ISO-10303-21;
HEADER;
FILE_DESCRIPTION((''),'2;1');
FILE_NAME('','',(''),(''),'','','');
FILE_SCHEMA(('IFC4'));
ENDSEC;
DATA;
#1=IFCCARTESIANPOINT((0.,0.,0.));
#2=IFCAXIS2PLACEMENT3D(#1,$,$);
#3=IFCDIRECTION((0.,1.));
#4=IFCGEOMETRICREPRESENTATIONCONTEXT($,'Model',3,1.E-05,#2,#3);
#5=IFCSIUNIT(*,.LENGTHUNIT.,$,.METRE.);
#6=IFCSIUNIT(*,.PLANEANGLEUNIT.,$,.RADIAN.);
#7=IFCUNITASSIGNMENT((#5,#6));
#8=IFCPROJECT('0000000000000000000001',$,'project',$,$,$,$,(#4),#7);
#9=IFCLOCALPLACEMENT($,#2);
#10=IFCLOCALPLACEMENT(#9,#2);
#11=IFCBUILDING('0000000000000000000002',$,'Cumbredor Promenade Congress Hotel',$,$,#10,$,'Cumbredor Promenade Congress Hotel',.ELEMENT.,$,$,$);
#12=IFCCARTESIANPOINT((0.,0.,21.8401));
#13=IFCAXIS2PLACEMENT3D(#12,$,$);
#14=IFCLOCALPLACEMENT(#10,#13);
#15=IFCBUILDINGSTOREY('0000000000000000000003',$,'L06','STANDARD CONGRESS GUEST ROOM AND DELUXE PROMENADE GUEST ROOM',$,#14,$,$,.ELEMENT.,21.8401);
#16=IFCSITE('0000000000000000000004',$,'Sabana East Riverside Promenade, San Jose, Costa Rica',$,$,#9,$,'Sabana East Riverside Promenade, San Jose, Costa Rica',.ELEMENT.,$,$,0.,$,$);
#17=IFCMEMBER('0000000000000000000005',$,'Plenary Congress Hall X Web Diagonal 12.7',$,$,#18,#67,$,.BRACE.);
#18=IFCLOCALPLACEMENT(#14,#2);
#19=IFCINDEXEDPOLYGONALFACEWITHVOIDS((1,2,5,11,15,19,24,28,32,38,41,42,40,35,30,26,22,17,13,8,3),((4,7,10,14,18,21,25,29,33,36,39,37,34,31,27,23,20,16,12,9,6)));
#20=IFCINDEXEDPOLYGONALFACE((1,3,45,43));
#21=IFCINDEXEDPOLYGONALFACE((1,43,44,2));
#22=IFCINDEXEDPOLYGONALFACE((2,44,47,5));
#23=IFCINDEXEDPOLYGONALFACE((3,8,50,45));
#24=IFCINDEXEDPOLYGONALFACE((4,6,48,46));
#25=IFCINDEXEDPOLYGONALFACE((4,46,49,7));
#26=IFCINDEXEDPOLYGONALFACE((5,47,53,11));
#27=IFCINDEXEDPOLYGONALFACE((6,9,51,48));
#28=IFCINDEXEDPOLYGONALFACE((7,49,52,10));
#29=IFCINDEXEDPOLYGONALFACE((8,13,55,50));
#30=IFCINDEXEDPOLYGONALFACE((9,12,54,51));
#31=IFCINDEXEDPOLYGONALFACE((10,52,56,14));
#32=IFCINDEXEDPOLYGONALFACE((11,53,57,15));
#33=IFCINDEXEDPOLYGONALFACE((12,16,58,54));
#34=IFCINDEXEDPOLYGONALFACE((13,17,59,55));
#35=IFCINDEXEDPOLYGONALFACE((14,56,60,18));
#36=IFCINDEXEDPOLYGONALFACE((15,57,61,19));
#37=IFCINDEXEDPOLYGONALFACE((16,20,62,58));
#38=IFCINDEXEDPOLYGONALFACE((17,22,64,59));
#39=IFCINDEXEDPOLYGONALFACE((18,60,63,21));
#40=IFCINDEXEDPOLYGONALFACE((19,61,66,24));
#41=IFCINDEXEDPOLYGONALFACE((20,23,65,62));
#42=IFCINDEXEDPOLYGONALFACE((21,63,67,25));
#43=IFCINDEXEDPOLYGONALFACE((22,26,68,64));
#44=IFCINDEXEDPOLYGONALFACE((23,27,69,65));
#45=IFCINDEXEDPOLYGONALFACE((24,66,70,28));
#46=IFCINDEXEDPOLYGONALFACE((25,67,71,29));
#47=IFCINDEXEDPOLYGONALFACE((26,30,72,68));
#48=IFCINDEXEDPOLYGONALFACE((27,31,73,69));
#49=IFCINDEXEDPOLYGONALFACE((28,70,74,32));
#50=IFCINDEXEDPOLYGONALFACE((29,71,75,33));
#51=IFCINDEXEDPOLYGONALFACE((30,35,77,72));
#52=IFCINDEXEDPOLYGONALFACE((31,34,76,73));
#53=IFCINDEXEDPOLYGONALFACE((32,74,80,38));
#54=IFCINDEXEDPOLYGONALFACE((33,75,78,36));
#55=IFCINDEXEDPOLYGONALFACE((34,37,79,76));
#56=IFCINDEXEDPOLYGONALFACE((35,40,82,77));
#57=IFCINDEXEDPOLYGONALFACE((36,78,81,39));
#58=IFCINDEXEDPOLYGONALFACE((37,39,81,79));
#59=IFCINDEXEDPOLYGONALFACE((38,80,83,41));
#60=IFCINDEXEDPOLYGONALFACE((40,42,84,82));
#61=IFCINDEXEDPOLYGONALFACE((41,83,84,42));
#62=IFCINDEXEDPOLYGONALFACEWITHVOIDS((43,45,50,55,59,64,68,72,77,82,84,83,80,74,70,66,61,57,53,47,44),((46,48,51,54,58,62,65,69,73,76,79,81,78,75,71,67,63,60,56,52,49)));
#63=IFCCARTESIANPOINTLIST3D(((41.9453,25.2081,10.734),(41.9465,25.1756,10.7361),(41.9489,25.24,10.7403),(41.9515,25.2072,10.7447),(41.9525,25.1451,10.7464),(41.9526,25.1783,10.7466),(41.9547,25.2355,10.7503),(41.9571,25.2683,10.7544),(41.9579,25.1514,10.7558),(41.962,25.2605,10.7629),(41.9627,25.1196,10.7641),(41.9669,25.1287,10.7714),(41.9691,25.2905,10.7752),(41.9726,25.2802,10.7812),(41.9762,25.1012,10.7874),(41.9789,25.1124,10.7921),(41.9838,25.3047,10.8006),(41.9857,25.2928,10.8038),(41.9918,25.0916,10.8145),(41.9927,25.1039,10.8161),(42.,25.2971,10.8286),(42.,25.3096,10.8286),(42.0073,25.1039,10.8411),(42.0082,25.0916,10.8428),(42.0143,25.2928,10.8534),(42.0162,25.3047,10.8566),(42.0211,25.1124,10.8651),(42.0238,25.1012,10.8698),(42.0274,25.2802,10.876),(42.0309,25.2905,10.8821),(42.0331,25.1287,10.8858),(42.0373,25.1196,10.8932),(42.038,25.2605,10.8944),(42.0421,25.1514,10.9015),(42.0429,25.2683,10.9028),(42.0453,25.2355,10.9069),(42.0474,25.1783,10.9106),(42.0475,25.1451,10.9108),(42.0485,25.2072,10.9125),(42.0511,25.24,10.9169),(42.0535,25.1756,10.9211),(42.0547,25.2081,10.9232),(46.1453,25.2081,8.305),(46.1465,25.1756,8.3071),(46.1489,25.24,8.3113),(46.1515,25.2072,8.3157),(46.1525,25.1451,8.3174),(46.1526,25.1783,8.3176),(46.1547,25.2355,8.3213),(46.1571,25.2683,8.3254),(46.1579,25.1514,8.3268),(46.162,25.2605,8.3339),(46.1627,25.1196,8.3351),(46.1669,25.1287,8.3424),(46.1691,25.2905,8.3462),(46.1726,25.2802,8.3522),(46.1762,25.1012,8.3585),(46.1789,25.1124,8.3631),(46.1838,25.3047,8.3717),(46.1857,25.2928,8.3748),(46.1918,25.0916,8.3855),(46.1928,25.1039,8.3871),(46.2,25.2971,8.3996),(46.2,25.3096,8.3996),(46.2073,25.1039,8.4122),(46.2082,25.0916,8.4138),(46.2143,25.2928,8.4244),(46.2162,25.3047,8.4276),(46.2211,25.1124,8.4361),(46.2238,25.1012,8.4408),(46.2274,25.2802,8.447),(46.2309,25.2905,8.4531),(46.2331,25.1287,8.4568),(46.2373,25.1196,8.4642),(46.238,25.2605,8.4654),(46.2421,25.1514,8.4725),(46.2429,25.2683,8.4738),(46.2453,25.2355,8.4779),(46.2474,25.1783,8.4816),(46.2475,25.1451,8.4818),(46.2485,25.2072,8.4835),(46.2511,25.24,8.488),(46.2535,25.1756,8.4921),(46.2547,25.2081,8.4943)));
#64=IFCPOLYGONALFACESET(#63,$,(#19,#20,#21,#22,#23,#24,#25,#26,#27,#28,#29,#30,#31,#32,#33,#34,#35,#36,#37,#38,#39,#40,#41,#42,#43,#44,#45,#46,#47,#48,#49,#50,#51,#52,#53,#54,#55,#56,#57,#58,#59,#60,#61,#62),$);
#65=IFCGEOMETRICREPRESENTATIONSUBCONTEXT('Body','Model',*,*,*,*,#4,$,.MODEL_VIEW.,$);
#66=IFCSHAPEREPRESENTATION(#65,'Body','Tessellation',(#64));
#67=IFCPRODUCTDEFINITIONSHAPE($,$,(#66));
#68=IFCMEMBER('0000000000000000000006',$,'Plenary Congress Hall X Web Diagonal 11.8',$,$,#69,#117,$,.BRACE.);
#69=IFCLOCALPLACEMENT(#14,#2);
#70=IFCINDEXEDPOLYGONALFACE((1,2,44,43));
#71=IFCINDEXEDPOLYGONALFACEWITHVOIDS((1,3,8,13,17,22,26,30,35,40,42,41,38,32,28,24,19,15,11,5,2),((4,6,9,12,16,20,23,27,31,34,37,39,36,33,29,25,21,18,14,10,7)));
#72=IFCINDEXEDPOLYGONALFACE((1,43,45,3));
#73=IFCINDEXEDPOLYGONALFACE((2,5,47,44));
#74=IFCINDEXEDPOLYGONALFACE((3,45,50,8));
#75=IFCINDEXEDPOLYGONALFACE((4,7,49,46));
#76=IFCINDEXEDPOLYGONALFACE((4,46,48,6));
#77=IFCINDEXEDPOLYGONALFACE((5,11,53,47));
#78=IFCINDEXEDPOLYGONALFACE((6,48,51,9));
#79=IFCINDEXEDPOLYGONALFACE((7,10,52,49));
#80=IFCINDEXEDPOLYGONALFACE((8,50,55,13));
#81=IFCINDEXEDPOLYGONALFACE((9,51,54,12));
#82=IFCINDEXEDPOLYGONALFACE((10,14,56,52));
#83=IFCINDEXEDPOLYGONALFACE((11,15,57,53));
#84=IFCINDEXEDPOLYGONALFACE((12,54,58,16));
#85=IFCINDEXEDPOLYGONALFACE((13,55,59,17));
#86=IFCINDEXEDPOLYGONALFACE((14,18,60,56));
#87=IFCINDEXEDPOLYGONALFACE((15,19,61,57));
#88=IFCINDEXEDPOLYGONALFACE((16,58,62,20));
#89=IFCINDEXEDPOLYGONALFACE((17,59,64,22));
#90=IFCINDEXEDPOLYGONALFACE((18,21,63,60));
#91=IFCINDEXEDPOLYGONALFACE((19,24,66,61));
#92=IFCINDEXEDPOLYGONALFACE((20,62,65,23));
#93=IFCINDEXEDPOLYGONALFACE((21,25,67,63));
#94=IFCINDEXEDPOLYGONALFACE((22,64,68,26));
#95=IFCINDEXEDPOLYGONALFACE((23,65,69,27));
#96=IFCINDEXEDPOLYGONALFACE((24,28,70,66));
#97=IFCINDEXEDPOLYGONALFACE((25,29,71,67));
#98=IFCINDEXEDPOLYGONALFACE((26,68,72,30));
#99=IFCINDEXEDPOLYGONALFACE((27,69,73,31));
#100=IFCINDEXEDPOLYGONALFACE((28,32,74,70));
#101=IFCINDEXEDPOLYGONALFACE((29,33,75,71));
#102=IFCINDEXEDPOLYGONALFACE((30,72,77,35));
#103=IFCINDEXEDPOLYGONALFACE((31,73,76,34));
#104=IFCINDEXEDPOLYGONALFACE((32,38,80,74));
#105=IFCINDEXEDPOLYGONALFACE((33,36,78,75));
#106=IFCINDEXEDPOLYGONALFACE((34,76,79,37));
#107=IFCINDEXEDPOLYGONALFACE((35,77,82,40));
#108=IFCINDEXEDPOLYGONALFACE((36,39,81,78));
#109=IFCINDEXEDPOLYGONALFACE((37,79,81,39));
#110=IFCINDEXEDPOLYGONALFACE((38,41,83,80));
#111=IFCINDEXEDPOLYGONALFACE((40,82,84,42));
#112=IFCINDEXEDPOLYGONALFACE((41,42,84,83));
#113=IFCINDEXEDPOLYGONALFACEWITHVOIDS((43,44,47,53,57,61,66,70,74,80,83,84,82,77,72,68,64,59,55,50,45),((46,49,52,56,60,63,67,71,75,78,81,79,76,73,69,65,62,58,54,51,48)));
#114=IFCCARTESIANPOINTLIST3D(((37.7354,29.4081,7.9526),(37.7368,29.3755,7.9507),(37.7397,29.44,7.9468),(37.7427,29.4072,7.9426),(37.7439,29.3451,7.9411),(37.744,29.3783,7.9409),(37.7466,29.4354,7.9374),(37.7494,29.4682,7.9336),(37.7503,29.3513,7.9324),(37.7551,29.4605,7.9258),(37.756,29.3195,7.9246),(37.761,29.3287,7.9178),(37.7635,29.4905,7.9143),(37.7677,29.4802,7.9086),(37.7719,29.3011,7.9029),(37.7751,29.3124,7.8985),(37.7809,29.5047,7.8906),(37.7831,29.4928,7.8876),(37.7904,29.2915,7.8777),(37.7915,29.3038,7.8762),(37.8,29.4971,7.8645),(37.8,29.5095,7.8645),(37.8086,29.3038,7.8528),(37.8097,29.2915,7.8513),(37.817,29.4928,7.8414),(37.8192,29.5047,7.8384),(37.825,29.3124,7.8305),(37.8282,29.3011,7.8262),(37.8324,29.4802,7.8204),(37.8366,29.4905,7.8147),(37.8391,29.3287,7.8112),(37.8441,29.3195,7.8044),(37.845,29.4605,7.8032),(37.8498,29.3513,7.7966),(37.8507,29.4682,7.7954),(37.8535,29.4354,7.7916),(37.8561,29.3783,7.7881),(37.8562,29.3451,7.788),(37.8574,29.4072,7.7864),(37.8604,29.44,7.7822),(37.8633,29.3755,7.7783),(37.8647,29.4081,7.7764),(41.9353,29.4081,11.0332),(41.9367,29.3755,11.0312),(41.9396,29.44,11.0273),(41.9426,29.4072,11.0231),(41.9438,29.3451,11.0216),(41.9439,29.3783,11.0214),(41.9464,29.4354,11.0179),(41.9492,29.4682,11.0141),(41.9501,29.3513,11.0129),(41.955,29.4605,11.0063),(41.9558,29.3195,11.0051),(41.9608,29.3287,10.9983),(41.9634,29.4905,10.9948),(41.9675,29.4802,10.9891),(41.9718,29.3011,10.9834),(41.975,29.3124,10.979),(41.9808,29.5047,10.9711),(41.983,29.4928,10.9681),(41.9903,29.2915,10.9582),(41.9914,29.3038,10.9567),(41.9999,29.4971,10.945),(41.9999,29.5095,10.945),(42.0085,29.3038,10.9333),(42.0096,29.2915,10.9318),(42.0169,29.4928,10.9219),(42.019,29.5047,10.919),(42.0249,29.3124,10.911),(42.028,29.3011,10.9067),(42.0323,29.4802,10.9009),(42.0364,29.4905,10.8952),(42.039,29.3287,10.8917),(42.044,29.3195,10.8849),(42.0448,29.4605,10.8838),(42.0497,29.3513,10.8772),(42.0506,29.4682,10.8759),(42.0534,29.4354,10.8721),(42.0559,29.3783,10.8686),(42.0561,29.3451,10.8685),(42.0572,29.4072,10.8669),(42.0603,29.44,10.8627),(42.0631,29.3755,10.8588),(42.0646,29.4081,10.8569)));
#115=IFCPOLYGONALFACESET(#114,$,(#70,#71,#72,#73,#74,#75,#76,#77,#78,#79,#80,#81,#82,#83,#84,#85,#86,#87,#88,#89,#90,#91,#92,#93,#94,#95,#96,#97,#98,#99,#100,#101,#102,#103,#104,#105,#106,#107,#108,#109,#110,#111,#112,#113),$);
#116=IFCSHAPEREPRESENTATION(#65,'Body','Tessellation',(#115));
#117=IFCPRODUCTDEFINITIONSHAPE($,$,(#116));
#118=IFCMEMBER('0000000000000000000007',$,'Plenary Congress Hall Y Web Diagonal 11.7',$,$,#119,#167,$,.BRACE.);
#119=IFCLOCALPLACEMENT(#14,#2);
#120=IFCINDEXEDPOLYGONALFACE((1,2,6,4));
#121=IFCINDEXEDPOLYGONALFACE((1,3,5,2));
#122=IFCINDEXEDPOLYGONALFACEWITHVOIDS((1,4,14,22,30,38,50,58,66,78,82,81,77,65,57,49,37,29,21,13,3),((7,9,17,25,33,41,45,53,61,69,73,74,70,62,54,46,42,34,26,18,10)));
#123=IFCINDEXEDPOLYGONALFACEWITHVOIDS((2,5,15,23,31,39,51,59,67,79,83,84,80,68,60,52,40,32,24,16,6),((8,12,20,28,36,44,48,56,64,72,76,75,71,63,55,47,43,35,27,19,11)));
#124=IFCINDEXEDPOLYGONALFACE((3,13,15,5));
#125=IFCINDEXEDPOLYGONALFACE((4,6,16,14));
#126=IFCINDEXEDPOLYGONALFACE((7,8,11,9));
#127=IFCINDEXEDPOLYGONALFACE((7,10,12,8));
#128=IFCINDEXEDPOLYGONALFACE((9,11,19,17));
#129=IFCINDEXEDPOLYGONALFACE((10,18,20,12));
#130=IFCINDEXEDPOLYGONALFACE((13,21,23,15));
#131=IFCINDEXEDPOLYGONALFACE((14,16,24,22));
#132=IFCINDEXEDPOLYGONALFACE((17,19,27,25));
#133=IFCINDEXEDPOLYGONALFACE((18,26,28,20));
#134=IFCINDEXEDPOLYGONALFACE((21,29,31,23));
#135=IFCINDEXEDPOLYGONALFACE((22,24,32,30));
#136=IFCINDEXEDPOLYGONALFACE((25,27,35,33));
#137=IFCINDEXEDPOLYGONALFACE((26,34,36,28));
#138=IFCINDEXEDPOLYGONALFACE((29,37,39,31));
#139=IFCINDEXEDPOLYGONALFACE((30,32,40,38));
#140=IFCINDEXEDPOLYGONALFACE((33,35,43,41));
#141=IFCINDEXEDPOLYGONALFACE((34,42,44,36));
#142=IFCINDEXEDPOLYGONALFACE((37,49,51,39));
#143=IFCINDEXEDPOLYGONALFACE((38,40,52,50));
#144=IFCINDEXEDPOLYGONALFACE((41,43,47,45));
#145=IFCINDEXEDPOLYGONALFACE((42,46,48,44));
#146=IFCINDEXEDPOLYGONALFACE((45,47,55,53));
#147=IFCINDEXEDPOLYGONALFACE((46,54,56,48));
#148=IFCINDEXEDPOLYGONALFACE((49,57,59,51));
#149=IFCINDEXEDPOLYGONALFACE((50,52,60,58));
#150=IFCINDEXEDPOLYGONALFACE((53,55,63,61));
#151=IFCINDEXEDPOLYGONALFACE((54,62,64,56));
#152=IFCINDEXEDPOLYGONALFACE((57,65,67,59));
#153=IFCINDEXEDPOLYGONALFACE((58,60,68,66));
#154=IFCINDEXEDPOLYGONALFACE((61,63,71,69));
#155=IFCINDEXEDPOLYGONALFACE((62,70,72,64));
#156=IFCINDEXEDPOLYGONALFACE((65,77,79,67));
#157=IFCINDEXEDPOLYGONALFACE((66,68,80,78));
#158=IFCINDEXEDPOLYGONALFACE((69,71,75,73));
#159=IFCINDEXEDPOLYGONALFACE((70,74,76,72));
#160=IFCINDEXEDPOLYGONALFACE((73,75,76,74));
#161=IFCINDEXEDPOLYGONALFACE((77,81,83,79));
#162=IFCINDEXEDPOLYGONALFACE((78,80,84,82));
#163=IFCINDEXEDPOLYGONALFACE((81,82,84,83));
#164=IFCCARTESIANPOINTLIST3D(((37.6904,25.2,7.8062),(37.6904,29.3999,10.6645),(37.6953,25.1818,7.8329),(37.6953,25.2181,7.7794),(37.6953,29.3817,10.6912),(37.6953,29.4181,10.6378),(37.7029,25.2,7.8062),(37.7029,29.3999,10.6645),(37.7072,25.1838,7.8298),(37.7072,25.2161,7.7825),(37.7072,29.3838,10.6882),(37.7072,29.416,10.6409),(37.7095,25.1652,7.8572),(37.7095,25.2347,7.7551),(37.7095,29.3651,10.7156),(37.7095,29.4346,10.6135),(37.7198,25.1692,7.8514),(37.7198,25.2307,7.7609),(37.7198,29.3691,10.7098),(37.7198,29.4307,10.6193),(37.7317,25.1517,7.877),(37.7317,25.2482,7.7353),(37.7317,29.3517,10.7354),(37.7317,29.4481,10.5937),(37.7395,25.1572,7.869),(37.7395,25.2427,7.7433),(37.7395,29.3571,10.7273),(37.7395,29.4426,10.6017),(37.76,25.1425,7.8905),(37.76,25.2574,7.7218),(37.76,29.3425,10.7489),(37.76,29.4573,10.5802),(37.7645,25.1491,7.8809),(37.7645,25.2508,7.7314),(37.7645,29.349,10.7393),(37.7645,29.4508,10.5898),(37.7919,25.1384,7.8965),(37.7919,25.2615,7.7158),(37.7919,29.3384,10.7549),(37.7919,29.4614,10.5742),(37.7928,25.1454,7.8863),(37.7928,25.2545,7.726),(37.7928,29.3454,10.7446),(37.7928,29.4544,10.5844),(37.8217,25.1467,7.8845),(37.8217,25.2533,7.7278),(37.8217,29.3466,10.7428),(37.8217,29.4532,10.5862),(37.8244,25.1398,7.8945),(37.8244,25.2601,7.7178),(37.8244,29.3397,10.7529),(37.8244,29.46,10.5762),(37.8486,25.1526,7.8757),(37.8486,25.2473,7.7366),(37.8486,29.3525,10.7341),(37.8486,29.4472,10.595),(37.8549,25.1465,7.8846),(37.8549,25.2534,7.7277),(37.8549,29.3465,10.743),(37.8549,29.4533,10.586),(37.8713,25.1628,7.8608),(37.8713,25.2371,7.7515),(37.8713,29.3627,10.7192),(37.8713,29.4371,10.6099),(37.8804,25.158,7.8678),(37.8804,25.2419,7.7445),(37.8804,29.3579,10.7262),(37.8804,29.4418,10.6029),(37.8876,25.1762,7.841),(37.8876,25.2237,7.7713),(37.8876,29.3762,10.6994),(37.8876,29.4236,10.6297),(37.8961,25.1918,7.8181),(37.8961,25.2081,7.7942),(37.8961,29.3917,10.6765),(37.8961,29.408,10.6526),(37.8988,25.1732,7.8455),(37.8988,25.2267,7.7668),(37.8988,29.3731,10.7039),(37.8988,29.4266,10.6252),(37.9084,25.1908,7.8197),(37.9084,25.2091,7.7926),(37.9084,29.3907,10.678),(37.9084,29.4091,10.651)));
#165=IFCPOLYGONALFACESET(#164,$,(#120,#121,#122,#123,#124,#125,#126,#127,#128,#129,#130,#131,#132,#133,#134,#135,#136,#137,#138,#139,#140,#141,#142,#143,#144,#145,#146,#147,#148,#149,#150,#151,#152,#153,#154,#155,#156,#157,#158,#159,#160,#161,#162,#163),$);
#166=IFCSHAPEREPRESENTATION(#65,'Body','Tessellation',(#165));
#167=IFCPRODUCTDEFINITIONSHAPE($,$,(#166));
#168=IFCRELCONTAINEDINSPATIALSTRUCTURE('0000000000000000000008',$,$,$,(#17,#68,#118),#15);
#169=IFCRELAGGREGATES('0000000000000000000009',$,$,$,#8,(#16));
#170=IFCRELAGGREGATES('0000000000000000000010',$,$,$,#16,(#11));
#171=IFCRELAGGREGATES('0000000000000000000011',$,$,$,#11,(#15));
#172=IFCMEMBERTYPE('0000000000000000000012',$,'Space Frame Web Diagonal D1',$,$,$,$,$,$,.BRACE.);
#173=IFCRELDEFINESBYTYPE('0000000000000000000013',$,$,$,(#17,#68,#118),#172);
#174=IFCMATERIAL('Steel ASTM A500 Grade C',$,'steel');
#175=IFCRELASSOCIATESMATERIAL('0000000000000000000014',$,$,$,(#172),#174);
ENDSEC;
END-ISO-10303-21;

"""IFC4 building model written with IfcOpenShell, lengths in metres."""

from ifc_helpers import new_model, si_unit, direction, frame, origin, origin_2d, place, context, subcontext, project, spatial, hollow_circle, extrude, material, material_profile, profile_set, type_object, element, save


model = new_model("IFC4")

# Units and contexts
model_context = context("Model", 3, precision=1e-05, world=origin(), true_north=direction((0.0, 1.0)))
body_context = subcontext(model_context, "Body", "Model", "MODEL_VIEW")
ifc_project = project(units=[si_unit("LENGTHUNIT", "METRE"), si_unit("PLANEANGLEUNIT", "RADIAN")], contexts=[model_context])

# Site, building, storey
site_placement = place(None, origin())
site = spatial("IfcSite", under=ifc_project, at=site_placement, Name="Sabana East Riverside Promenade, San Jose, Costa Rica", LongName="Sabana East Riverside Promenade, San Jose, Costa Rica", CompositionType="ELEMENT", RefElevation=0.0)
building_placement = place(site_placement, origin())
building = spatial("IfcBuilding", under=site, at=building_placement, Name="Cumbredor Promenade Congress Hotel", LongName="Cumbredor Promenade Congress Hotel", CompositionType="ELEMENT")
storey_placement = place(building_placement, frame((0.0, 0.0, 21.8401)))
storey = spatial("IfcBuildingStorey", under=building, at=storey_placement, Name="L06", Description="STANDARD CONGRESS GUEST ROOM AND DELUXE PROMENADE GUEST ROOM", CompositionType="ELEMENT", Elevation=21.8401)

# Members
ifc_material_1 = material(Name="Steel ASTM A500 Grade C", Category="steel")
ifc_material_profile_1 = material_profile(ifc_material_1, hollow_circle(Radius=0.1096, WallThickness=0.0125, at=origin_2d()), Name="CHS 219.1x12.5")
ifc_profile_set_1 = profile_set([ifc_material_profile_1], Name="Steel ASTM A500 Grade C")
member_type_1 = type_object("IfcMemberType", Name="Space Frame Web Diagonal D1", PredefinedType="BRACE", material=ifc_profile_set_1)
member_1_placement = place(storey_placement, frame((42.0, 25.2, 10.8286), z_axis=(0.865658, 0.0, -0.500636), x_axis=(0.0, 1.0, 0.0)))
element("IfcMember", 1, at=member_1_placement, inside=storey, type_object=member_type_1, Name="Plenary Congress Hall X Web Diagonal 12.7", PredefinedType="BRACE", context=body_context, shape_type="SweptSolid", body=[
    extrude(hollow_circle(Radius=0.1096, WallThickness=0.0125, at=origin_2d()), origin(), (0.0, 0.0, 1.0), 4.8518),
])
member_2_placement = place(storey_placement, frame((37.8, 29.3999, 7.8645), z_axis=(0.80635, 0.0, 0.591439), x_axis=(0.0, 1.0, 0.0)))
element("IfcMember", 2, at=member_2_placement, inside=storey, type_object=member_type_1, Name="Plenary Congress Hall X Web Diagonal 11.8", PredefinedType="BRACE", context=body_context, shape_type="SweptSolid", body=[
    extrude(hollow_circle(Radius=0.1096, WallThickness=0.0125, at=origin_2d()), origin(), (0.0, 0.0, 1.0), 5.2085),
])
member_3_placement = place(storey_placement, frame((37.8, 25.2, 7.8062), z_axis=(0.0, 0.826704, 0.562637), x_axis=(-1.0, 0.0, 0.0)))
element("IfcMember", 3, at=member_3_placement, inside=storey, type_object=member_type_1, Name="Plenary Congress Hall Y Web Diagonal 11.7", PredefinedType="BRACE", context=body_context, shape_type="SweptSolid", body=[
    extrude(hollow_circle(Radius=0.1096, WallThickness=0.0125, at=origin_2d()), origin(), (0.0, 0.0, 1.0), 5.0803),
])

save(model, "model.ifc")
